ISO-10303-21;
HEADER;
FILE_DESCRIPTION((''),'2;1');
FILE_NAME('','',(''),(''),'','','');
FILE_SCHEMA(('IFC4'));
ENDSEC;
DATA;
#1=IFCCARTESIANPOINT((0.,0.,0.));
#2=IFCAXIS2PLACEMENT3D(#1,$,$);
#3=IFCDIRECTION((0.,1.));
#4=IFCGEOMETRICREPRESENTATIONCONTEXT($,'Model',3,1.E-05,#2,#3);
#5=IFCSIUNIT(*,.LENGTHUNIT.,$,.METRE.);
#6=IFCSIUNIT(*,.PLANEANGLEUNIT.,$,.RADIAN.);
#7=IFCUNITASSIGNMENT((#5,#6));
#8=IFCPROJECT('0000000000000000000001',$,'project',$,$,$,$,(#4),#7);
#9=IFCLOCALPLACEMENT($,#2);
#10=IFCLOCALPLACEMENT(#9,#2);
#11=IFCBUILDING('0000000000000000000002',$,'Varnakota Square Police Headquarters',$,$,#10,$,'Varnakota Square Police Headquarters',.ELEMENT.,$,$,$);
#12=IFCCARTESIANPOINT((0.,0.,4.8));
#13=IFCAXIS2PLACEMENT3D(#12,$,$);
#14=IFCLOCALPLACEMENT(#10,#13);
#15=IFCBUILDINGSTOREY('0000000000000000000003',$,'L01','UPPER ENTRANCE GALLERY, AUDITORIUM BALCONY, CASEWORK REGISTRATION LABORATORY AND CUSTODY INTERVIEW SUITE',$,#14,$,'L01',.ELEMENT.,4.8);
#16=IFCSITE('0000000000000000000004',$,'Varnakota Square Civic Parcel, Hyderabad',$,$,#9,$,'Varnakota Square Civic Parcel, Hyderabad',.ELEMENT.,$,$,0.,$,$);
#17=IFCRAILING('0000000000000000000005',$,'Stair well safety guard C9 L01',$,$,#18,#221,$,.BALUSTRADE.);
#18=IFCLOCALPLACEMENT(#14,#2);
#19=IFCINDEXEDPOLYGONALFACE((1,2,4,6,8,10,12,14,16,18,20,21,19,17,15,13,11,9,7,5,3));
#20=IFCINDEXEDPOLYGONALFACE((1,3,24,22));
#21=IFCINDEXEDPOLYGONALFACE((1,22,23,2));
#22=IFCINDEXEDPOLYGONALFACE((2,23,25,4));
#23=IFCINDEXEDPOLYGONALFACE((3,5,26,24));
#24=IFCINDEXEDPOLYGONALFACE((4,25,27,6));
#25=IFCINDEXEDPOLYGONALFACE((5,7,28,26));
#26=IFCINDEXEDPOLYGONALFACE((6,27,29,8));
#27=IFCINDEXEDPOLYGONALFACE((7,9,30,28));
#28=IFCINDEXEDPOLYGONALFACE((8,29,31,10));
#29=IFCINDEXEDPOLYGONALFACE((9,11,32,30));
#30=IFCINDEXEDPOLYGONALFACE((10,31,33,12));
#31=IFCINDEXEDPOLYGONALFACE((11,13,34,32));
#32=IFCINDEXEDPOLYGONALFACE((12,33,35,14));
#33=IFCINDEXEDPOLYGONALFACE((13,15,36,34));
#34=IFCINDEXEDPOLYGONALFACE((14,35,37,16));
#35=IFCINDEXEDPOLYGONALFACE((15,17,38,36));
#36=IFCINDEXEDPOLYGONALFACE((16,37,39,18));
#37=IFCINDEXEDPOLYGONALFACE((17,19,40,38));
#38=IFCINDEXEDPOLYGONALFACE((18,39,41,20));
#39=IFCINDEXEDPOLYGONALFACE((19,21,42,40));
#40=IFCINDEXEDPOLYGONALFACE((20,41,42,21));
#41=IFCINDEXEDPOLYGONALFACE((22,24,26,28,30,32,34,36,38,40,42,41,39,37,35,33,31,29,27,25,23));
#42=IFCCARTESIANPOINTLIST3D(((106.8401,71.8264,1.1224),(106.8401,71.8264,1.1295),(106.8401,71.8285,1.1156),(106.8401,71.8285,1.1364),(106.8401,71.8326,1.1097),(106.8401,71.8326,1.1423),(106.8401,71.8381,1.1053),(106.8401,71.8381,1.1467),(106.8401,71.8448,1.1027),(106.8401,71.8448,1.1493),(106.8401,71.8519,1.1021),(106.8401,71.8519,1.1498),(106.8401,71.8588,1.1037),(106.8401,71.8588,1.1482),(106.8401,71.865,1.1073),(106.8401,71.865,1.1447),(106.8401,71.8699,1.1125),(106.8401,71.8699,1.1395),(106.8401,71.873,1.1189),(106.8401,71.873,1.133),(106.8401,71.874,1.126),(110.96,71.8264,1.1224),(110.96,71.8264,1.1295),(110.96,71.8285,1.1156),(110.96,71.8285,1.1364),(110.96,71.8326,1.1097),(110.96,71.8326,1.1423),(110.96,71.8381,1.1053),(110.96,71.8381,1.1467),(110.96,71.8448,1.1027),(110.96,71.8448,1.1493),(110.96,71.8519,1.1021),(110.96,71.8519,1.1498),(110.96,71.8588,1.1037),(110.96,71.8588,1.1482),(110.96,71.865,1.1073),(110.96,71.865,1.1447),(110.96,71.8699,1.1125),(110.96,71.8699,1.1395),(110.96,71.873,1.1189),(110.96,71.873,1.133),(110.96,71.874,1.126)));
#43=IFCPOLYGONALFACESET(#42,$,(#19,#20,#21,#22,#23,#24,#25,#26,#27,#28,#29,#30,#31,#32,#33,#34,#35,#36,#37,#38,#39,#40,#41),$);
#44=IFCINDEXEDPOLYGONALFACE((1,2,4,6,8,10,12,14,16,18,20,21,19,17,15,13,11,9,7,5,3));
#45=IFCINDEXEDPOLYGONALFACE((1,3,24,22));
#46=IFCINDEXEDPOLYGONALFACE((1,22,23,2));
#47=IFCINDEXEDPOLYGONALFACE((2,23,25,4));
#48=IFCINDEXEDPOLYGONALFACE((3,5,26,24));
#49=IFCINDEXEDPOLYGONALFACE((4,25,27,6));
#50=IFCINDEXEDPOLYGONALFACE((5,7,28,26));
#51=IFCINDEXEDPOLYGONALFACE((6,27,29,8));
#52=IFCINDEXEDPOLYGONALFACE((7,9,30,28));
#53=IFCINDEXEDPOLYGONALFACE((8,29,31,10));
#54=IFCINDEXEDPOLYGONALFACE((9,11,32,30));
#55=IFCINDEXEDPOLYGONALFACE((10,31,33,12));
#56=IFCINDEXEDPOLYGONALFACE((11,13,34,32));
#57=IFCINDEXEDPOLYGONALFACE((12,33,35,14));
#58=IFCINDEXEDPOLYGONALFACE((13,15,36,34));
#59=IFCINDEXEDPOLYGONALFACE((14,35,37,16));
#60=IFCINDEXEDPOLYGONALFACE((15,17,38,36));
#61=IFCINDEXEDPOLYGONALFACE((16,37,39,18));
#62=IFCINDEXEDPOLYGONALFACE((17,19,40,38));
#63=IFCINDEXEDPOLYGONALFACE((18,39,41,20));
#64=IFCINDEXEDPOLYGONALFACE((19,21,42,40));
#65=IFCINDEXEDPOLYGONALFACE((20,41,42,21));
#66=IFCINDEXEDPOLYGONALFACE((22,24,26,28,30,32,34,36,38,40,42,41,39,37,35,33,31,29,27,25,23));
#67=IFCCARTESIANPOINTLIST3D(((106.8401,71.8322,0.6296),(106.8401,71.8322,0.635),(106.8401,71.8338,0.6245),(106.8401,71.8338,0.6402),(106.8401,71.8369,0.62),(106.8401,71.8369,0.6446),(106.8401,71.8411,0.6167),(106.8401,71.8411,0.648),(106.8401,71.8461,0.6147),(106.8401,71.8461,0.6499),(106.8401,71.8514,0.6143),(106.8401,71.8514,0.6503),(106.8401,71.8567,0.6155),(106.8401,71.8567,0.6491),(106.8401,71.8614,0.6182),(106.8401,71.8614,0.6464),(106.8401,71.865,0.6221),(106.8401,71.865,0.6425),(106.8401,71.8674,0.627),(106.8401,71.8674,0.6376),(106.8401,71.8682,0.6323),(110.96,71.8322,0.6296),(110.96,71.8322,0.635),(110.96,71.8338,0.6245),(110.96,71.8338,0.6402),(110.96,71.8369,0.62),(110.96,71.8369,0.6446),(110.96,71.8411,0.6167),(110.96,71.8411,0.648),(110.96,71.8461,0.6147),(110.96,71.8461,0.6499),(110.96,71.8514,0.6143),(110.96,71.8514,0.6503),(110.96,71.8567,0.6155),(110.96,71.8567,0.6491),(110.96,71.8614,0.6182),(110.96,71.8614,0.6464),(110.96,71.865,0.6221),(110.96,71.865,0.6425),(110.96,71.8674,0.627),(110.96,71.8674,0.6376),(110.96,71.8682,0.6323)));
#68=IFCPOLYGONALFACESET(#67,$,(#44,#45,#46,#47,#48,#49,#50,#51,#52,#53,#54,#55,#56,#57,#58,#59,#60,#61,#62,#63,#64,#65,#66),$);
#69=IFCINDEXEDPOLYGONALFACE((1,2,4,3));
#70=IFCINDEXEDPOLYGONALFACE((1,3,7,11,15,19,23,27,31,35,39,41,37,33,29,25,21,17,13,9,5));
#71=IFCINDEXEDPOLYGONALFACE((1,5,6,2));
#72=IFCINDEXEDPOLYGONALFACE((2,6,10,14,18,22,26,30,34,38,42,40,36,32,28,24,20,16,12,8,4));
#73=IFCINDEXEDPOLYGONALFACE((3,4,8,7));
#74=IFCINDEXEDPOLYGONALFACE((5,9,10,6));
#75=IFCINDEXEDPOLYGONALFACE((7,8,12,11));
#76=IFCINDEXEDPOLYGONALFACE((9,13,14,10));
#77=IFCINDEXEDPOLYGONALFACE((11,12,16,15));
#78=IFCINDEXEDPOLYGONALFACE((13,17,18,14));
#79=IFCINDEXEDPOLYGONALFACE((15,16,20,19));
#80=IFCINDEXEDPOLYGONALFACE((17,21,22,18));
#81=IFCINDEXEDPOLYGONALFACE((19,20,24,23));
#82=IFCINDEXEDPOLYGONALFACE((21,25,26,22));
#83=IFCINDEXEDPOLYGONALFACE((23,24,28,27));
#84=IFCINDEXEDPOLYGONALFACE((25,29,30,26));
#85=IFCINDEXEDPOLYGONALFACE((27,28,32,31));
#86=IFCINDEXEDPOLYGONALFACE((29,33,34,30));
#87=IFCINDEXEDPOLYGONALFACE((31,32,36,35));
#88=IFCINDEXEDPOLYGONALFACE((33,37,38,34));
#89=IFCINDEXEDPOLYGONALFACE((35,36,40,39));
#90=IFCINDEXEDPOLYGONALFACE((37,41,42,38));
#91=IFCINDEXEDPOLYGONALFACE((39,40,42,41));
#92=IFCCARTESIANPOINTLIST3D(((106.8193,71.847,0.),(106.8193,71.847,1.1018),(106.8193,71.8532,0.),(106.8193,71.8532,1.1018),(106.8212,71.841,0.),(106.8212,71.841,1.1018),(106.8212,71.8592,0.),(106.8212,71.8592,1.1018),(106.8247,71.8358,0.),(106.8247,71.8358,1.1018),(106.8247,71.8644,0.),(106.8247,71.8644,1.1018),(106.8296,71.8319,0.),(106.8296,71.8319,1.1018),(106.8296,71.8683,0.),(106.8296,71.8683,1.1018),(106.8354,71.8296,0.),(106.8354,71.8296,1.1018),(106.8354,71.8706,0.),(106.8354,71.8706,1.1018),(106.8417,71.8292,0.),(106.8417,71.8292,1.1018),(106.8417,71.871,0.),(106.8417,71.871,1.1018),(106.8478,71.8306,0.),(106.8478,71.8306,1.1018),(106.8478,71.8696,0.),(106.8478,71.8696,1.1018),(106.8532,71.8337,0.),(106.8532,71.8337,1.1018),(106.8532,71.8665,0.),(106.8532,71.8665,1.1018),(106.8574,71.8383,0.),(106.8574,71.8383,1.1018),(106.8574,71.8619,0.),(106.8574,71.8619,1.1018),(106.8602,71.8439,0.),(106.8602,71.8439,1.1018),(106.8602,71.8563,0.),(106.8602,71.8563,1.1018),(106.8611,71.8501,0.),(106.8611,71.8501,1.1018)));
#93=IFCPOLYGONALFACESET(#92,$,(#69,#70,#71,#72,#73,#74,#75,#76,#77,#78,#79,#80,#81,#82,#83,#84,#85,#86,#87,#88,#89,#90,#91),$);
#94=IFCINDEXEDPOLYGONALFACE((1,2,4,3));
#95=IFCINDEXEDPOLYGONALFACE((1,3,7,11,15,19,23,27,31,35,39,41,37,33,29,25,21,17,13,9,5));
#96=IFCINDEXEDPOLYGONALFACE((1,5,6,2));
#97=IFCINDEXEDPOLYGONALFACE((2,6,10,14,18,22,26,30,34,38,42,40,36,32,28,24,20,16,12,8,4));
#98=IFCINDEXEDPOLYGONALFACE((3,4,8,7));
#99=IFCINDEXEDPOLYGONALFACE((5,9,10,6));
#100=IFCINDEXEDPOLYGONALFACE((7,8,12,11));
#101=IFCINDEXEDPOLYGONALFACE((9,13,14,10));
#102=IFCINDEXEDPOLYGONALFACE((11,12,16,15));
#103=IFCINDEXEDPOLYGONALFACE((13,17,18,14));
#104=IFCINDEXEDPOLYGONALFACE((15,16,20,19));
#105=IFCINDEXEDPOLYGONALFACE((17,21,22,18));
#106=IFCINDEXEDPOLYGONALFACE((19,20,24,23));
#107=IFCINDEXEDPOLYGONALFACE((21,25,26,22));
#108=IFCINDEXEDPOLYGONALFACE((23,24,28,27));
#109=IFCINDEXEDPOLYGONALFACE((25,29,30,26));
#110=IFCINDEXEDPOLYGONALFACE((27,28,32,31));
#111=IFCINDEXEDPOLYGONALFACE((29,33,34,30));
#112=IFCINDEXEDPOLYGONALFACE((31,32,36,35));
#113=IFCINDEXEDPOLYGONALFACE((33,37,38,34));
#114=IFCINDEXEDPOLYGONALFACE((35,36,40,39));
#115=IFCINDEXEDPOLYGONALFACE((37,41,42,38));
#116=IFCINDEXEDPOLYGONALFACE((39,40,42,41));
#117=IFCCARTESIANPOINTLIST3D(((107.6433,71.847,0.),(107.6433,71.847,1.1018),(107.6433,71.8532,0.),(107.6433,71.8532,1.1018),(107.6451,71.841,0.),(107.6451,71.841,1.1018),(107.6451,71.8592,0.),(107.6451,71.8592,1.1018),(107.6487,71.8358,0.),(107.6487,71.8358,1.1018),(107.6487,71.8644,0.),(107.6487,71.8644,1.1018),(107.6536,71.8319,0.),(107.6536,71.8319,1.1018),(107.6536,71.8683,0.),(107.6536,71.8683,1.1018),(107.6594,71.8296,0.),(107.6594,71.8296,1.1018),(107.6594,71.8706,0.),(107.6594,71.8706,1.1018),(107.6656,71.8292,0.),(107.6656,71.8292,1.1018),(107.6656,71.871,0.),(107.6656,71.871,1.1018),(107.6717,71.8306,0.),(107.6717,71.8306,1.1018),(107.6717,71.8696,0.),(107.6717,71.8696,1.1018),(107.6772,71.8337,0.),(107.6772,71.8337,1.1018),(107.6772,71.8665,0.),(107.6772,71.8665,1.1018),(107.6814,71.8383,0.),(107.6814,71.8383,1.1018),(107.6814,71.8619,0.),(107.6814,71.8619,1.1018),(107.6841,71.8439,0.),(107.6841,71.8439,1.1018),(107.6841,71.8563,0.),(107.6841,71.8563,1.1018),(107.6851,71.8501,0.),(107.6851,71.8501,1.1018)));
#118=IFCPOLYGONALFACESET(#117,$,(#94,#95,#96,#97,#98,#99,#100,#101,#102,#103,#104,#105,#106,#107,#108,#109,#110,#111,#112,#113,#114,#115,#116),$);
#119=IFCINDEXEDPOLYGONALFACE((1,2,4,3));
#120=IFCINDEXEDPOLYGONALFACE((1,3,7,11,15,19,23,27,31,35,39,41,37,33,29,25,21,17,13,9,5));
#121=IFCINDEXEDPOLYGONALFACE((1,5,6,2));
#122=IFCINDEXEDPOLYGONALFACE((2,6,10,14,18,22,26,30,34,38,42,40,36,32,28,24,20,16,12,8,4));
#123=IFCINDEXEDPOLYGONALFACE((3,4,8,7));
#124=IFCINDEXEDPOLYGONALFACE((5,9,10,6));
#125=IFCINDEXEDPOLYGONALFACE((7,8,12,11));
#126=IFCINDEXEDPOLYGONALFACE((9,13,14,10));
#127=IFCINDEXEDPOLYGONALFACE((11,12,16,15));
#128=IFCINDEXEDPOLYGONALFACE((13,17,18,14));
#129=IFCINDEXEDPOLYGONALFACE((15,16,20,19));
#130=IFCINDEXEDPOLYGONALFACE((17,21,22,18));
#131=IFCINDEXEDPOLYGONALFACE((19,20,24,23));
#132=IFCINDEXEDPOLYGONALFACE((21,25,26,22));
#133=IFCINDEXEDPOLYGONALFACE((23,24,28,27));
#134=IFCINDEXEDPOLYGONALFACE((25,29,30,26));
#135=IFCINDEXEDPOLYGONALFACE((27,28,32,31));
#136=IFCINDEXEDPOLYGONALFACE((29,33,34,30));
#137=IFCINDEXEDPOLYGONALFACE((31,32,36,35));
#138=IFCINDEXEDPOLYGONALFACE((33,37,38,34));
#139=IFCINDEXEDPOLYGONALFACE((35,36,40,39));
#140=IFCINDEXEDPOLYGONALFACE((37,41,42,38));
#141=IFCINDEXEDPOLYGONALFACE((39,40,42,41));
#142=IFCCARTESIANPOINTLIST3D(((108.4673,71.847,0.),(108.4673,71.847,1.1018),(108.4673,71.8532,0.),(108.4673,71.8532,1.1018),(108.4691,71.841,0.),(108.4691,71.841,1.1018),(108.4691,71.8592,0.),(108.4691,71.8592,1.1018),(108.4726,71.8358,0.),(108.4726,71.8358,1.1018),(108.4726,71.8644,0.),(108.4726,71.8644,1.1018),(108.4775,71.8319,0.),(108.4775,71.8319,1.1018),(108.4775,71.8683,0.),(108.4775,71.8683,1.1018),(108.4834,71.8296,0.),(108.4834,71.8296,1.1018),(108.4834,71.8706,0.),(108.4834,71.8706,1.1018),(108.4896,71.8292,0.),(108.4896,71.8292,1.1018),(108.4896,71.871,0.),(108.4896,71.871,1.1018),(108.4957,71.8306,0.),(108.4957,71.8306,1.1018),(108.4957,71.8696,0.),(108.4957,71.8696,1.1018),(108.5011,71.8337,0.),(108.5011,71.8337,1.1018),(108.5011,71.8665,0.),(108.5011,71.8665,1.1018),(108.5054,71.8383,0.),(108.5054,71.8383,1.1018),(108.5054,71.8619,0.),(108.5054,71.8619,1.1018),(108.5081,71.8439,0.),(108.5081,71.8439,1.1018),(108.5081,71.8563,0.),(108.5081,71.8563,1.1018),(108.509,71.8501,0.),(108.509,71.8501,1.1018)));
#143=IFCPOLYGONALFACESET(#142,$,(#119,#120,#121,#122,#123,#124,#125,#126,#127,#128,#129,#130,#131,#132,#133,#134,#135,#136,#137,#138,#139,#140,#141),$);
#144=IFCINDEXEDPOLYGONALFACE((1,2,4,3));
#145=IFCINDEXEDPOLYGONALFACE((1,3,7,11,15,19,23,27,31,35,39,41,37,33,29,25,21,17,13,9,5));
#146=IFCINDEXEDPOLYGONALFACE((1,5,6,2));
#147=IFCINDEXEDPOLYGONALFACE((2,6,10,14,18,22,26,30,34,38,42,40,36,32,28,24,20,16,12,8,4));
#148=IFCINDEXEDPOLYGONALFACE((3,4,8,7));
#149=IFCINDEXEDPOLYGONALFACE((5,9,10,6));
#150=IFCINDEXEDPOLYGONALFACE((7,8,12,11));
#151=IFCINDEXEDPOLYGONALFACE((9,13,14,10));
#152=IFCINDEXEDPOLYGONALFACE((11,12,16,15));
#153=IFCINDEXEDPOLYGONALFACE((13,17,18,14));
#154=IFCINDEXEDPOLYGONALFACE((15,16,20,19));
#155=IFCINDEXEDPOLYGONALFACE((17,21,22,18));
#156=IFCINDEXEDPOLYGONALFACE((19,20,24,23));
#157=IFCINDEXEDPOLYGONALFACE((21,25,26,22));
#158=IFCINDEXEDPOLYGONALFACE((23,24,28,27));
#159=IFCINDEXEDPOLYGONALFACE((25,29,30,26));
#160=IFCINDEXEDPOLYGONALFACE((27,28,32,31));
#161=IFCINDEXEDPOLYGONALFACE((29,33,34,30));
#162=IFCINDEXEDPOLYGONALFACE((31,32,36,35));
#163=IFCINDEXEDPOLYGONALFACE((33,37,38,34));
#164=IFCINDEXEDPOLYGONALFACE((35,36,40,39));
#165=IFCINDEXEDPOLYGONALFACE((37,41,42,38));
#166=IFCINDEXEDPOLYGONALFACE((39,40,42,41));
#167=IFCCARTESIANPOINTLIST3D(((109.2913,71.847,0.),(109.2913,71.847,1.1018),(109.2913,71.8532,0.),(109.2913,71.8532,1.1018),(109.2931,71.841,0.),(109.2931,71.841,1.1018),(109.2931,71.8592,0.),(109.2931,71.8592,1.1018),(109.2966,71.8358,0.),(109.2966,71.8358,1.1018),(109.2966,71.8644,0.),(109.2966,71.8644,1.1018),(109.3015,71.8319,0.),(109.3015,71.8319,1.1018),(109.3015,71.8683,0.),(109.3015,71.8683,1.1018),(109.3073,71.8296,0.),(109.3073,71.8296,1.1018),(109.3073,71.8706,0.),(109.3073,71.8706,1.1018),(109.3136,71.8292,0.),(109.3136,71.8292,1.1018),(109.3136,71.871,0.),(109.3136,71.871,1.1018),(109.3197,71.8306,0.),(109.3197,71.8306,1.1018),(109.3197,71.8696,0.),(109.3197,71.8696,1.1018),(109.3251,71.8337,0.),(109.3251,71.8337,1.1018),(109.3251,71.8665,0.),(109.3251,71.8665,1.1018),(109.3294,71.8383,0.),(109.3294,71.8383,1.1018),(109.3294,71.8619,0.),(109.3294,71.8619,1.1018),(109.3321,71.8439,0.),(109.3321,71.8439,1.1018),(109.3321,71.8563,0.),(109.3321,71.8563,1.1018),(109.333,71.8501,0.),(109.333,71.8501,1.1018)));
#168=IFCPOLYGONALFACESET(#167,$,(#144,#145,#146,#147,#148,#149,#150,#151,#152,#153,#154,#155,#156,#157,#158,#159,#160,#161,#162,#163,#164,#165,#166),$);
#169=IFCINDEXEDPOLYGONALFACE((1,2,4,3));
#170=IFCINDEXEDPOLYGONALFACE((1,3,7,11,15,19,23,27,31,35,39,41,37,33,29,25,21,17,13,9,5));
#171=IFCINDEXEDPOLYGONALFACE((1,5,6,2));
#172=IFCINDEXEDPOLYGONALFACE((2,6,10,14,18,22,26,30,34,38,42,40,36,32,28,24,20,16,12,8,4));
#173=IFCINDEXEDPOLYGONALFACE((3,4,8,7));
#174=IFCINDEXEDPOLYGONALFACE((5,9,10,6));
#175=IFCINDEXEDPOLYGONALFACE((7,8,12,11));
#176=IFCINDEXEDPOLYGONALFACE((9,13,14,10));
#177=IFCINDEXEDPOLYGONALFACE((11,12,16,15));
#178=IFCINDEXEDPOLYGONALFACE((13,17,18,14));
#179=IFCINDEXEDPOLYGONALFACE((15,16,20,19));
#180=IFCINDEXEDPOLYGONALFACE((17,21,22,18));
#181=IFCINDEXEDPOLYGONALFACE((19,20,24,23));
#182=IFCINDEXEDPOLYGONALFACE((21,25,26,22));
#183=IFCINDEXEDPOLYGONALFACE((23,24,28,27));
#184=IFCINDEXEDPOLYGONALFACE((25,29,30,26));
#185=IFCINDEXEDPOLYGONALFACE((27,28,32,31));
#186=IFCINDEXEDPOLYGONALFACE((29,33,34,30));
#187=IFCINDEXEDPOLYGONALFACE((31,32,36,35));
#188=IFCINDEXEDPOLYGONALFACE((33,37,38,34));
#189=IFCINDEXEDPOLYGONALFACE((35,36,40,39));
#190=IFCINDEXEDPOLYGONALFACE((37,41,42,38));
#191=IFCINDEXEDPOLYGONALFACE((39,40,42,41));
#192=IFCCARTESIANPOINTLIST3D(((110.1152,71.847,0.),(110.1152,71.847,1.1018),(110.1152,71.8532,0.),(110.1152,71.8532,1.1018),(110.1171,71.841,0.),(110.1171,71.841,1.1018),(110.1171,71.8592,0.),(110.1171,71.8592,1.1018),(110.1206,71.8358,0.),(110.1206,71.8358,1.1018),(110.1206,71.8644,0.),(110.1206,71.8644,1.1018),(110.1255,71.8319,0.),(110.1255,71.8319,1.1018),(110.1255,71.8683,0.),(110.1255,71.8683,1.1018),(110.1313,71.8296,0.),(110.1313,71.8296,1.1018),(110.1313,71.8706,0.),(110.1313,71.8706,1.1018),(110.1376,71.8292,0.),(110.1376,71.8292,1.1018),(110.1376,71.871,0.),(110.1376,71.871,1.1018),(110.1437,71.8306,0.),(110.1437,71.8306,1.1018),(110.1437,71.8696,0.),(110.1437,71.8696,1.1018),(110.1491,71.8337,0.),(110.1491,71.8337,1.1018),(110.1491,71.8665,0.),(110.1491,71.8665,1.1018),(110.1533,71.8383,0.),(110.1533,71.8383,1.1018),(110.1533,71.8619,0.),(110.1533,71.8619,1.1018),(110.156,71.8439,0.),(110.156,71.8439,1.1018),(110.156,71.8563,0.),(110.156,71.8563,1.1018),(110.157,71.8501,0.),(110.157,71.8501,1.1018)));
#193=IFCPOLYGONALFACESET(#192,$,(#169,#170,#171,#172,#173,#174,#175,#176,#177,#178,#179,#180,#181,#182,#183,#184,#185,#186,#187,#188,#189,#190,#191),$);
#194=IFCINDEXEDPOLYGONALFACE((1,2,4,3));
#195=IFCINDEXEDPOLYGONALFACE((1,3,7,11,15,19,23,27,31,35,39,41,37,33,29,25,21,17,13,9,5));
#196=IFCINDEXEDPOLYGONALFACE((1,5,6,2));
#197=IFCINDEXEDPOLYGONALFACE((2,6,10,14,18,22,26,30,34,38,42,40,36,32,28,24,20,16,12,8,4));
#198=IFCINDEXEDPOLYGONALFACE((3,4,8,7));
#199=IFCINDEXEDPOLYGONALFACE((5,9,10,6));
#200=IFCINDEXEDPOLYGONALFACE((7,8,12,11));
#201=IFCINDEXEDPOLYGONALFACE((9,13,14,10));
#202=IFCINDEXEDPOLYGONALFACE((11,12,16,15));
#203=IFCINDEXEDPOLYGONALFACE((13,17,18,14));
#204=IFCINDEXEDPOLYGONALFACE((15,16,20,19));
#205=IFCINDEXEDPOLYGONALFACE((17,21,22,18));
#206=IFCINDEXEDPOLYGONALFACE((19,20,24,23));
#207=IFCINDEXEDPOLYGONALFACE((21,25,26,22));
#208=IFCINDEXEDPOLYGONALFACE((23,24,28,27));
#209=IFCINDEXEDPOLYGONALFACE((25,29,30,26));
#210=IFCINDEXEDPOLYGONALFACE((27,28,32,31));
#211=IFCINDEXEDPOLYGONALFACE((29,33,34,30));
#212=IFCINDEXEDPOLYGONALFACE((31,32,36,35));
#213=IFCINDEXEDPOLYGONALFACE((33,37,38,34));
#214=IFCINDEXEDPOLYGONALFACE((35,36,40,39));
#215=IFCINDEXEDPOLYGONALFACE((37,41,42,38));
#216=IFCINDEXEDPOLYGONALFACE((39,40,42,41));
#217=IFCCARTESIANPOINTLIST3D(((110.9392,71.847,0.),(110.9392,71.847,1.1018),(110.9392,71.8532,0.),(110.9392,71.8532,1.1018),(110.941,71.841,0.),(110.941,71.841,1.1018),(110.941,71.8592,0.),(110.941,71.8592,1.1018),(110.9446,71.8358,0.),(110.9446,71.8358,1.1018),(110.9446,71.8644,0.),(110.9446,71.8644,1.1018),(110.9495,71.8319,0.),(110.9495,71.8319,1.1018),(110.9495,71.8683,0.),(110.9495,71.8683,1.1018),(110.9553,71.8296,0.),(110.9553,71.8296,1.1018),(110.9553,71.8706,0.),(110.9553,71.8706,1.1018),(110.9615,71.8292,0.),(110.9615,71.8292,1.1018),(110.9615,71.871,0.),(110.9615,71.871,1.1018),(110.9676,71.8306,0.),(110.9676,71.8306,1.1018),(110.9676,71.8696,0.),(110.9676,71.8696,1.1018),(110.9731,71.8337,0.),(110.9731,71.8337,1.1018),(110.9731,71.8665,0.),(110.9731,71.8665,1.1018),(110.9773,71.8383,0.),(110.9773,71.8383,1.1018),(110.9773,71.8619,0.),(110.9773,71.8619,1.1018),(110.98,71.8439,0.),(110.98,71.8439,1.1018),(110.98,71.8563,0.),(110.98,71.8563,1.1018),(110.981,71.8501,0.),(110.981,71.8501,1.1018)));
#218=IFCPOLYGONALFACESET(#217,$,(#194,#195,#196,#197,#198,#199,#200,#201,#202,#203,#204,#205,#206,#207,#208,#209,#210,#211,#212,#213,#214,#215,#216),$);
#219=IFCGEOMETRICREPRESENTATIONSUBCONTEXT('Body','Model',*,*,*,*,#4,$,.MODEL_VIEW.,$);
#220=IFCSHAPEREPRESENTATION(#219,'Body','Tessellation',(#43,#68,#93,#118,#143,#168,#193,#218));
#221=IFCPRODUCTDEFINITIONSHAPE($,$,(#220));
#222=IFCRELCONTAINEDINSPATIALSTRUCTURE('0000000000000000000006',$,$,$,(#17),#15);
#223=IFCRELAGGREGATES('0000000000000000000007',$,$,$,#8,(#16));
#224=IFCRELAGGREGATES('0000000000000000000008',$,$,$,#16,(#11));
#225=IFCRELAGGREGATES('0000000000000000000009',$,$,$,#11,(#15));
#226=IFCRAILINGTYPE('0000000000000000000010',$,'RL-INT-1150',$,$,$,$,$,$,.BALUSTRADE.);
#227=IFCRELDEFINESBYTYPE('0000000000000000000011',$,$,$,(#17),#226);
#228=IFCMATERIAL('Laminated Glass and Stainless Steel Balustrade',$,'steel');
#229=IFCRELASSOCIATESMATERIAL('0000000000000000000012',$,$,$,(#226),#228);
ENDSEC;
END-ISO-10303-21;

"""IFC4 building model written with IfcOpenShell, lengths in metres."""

from ifc_helpers import new_model, si_unit, direction, frame, origin, origin_2d, place, context, subcontext, project, spatial, circle, extrude, material, type_object, element, save


model = new_model("IFC4")

# Units and contexts
model_context = context("Model", 3, precision=1e-05, world=origin(), true_north=direction((0.0, 1.0)))
body_context = subcontext(model_context, "Body", "Model", "MODEL_VIEW")
ifc_project = project(units=[si_unit("LENGTHUNIT", "METRE"), si_unit("PLANEANGLEUNIT", "RADIAN")], contexts=[model_context])

# Site, building, storey
site_placement = place(None, origin())
site = spatial("IfcSite", under=ifc_project, at=site_placement, Name="Varnakota Square Civic Parcel, Hyderabad", LongName="Varnakota Square Civic Parcel, Hyderabad", CompositionType="ELEMENT", RefElevation=0.0)
building_placement = place(site_placement, origin())
building = spatial("IfcBuilding", under=site, at=building_placement, Name="Varnakota Square Police Headquarters", LongName="Varnakota Square Police Headquarters", CompositionType="ELEMENT")
storey_placement = place(building_placement, frame((0.0, 0.0, 4.8)))
storey = spatial("IfcBuildingStorey", under=building, at=storey_placement, Name="L01", Description="UPPER ENTRANCE GALLERY, AUDITORIUM BALCONY, CASEWORK REGISTRATION LABORATORY AND CUSTODY INTERVIEW SUITE", LongName="L01", CompositionType="ELEMENT", Elevation=4.8)

# Railing
ifc_material_1 = material(Name="Laminated Glass and Stainless Steel Balustrade", Category="steel")
railing_type_1 = type_object("IfcRailingType", Name="RL-INT-1150", PredefinedType="BALUSTRADE", material=ifc_material_1)
railing_1_placement = place(storey_placement, frame((106.8401, 71.8501, 0.0)))
element("IfcRailing", 1, at=railing_1_placement, inside=storey, type_object=railing_type_1, Name="Stair well safety guard C9 L01", PredefinedType="BALUSTRADE", context=body_context, shape_type="SweptSolid", body=[
    extrude(circle(Radius=0.0239, at=origin_2d()), frame((0.0, 0.0, 1.126), z_axis=(1.0, 0.0, 0.0), x_axis=(0.0, 1.0, 0.0)), (0.0, 0.0, 1.0), 4.1199),
    extrude(circle(Radius=0.0181, at=origin_2d()), frame((0.0, 0.0, 0.6323), z_axis=(1.0, 0.0, 0.0), x_axis=(0.0, 1.0, 0.0)), (0.0, 0.0, 1.0), 4.1199),
    extrude(circle(Radius=0.021, at=origin_2d()), origin(), (0.0, 0.0, 1.0), 1.1018),
    extrude(circle(Radius=0.021, at=origin_2d()), frame((0.824, 0.0, 0.0)), (0.0, 0.0, 1.0), 1.1018),
    extrude(circle(Radius=0.021, at=origin_2d()), frame((1.6479, 0.0, 0.0)), (0.0, 0.0, 1.0), 1.1018),
    extrude(circle(Radius=0.021, at=origin_2d()), frame((2.4719, 0.0, 0.0)), (0.0, 0.0, 1.0), 1.1018),
    extrude(circle(Radius=0.021, at=origin_2d()), frame((3.2959, 0.0, 0.0)), (0.0, 0.0, 1.0), 1.1018),
    extrude(circle(Radius=0.021, at=origin_2d()), frame((4.1199, 0.0, 0.0)), (0.0, 0.0, 1.0), 1.1018),
])

save(model, "model.ifc")
